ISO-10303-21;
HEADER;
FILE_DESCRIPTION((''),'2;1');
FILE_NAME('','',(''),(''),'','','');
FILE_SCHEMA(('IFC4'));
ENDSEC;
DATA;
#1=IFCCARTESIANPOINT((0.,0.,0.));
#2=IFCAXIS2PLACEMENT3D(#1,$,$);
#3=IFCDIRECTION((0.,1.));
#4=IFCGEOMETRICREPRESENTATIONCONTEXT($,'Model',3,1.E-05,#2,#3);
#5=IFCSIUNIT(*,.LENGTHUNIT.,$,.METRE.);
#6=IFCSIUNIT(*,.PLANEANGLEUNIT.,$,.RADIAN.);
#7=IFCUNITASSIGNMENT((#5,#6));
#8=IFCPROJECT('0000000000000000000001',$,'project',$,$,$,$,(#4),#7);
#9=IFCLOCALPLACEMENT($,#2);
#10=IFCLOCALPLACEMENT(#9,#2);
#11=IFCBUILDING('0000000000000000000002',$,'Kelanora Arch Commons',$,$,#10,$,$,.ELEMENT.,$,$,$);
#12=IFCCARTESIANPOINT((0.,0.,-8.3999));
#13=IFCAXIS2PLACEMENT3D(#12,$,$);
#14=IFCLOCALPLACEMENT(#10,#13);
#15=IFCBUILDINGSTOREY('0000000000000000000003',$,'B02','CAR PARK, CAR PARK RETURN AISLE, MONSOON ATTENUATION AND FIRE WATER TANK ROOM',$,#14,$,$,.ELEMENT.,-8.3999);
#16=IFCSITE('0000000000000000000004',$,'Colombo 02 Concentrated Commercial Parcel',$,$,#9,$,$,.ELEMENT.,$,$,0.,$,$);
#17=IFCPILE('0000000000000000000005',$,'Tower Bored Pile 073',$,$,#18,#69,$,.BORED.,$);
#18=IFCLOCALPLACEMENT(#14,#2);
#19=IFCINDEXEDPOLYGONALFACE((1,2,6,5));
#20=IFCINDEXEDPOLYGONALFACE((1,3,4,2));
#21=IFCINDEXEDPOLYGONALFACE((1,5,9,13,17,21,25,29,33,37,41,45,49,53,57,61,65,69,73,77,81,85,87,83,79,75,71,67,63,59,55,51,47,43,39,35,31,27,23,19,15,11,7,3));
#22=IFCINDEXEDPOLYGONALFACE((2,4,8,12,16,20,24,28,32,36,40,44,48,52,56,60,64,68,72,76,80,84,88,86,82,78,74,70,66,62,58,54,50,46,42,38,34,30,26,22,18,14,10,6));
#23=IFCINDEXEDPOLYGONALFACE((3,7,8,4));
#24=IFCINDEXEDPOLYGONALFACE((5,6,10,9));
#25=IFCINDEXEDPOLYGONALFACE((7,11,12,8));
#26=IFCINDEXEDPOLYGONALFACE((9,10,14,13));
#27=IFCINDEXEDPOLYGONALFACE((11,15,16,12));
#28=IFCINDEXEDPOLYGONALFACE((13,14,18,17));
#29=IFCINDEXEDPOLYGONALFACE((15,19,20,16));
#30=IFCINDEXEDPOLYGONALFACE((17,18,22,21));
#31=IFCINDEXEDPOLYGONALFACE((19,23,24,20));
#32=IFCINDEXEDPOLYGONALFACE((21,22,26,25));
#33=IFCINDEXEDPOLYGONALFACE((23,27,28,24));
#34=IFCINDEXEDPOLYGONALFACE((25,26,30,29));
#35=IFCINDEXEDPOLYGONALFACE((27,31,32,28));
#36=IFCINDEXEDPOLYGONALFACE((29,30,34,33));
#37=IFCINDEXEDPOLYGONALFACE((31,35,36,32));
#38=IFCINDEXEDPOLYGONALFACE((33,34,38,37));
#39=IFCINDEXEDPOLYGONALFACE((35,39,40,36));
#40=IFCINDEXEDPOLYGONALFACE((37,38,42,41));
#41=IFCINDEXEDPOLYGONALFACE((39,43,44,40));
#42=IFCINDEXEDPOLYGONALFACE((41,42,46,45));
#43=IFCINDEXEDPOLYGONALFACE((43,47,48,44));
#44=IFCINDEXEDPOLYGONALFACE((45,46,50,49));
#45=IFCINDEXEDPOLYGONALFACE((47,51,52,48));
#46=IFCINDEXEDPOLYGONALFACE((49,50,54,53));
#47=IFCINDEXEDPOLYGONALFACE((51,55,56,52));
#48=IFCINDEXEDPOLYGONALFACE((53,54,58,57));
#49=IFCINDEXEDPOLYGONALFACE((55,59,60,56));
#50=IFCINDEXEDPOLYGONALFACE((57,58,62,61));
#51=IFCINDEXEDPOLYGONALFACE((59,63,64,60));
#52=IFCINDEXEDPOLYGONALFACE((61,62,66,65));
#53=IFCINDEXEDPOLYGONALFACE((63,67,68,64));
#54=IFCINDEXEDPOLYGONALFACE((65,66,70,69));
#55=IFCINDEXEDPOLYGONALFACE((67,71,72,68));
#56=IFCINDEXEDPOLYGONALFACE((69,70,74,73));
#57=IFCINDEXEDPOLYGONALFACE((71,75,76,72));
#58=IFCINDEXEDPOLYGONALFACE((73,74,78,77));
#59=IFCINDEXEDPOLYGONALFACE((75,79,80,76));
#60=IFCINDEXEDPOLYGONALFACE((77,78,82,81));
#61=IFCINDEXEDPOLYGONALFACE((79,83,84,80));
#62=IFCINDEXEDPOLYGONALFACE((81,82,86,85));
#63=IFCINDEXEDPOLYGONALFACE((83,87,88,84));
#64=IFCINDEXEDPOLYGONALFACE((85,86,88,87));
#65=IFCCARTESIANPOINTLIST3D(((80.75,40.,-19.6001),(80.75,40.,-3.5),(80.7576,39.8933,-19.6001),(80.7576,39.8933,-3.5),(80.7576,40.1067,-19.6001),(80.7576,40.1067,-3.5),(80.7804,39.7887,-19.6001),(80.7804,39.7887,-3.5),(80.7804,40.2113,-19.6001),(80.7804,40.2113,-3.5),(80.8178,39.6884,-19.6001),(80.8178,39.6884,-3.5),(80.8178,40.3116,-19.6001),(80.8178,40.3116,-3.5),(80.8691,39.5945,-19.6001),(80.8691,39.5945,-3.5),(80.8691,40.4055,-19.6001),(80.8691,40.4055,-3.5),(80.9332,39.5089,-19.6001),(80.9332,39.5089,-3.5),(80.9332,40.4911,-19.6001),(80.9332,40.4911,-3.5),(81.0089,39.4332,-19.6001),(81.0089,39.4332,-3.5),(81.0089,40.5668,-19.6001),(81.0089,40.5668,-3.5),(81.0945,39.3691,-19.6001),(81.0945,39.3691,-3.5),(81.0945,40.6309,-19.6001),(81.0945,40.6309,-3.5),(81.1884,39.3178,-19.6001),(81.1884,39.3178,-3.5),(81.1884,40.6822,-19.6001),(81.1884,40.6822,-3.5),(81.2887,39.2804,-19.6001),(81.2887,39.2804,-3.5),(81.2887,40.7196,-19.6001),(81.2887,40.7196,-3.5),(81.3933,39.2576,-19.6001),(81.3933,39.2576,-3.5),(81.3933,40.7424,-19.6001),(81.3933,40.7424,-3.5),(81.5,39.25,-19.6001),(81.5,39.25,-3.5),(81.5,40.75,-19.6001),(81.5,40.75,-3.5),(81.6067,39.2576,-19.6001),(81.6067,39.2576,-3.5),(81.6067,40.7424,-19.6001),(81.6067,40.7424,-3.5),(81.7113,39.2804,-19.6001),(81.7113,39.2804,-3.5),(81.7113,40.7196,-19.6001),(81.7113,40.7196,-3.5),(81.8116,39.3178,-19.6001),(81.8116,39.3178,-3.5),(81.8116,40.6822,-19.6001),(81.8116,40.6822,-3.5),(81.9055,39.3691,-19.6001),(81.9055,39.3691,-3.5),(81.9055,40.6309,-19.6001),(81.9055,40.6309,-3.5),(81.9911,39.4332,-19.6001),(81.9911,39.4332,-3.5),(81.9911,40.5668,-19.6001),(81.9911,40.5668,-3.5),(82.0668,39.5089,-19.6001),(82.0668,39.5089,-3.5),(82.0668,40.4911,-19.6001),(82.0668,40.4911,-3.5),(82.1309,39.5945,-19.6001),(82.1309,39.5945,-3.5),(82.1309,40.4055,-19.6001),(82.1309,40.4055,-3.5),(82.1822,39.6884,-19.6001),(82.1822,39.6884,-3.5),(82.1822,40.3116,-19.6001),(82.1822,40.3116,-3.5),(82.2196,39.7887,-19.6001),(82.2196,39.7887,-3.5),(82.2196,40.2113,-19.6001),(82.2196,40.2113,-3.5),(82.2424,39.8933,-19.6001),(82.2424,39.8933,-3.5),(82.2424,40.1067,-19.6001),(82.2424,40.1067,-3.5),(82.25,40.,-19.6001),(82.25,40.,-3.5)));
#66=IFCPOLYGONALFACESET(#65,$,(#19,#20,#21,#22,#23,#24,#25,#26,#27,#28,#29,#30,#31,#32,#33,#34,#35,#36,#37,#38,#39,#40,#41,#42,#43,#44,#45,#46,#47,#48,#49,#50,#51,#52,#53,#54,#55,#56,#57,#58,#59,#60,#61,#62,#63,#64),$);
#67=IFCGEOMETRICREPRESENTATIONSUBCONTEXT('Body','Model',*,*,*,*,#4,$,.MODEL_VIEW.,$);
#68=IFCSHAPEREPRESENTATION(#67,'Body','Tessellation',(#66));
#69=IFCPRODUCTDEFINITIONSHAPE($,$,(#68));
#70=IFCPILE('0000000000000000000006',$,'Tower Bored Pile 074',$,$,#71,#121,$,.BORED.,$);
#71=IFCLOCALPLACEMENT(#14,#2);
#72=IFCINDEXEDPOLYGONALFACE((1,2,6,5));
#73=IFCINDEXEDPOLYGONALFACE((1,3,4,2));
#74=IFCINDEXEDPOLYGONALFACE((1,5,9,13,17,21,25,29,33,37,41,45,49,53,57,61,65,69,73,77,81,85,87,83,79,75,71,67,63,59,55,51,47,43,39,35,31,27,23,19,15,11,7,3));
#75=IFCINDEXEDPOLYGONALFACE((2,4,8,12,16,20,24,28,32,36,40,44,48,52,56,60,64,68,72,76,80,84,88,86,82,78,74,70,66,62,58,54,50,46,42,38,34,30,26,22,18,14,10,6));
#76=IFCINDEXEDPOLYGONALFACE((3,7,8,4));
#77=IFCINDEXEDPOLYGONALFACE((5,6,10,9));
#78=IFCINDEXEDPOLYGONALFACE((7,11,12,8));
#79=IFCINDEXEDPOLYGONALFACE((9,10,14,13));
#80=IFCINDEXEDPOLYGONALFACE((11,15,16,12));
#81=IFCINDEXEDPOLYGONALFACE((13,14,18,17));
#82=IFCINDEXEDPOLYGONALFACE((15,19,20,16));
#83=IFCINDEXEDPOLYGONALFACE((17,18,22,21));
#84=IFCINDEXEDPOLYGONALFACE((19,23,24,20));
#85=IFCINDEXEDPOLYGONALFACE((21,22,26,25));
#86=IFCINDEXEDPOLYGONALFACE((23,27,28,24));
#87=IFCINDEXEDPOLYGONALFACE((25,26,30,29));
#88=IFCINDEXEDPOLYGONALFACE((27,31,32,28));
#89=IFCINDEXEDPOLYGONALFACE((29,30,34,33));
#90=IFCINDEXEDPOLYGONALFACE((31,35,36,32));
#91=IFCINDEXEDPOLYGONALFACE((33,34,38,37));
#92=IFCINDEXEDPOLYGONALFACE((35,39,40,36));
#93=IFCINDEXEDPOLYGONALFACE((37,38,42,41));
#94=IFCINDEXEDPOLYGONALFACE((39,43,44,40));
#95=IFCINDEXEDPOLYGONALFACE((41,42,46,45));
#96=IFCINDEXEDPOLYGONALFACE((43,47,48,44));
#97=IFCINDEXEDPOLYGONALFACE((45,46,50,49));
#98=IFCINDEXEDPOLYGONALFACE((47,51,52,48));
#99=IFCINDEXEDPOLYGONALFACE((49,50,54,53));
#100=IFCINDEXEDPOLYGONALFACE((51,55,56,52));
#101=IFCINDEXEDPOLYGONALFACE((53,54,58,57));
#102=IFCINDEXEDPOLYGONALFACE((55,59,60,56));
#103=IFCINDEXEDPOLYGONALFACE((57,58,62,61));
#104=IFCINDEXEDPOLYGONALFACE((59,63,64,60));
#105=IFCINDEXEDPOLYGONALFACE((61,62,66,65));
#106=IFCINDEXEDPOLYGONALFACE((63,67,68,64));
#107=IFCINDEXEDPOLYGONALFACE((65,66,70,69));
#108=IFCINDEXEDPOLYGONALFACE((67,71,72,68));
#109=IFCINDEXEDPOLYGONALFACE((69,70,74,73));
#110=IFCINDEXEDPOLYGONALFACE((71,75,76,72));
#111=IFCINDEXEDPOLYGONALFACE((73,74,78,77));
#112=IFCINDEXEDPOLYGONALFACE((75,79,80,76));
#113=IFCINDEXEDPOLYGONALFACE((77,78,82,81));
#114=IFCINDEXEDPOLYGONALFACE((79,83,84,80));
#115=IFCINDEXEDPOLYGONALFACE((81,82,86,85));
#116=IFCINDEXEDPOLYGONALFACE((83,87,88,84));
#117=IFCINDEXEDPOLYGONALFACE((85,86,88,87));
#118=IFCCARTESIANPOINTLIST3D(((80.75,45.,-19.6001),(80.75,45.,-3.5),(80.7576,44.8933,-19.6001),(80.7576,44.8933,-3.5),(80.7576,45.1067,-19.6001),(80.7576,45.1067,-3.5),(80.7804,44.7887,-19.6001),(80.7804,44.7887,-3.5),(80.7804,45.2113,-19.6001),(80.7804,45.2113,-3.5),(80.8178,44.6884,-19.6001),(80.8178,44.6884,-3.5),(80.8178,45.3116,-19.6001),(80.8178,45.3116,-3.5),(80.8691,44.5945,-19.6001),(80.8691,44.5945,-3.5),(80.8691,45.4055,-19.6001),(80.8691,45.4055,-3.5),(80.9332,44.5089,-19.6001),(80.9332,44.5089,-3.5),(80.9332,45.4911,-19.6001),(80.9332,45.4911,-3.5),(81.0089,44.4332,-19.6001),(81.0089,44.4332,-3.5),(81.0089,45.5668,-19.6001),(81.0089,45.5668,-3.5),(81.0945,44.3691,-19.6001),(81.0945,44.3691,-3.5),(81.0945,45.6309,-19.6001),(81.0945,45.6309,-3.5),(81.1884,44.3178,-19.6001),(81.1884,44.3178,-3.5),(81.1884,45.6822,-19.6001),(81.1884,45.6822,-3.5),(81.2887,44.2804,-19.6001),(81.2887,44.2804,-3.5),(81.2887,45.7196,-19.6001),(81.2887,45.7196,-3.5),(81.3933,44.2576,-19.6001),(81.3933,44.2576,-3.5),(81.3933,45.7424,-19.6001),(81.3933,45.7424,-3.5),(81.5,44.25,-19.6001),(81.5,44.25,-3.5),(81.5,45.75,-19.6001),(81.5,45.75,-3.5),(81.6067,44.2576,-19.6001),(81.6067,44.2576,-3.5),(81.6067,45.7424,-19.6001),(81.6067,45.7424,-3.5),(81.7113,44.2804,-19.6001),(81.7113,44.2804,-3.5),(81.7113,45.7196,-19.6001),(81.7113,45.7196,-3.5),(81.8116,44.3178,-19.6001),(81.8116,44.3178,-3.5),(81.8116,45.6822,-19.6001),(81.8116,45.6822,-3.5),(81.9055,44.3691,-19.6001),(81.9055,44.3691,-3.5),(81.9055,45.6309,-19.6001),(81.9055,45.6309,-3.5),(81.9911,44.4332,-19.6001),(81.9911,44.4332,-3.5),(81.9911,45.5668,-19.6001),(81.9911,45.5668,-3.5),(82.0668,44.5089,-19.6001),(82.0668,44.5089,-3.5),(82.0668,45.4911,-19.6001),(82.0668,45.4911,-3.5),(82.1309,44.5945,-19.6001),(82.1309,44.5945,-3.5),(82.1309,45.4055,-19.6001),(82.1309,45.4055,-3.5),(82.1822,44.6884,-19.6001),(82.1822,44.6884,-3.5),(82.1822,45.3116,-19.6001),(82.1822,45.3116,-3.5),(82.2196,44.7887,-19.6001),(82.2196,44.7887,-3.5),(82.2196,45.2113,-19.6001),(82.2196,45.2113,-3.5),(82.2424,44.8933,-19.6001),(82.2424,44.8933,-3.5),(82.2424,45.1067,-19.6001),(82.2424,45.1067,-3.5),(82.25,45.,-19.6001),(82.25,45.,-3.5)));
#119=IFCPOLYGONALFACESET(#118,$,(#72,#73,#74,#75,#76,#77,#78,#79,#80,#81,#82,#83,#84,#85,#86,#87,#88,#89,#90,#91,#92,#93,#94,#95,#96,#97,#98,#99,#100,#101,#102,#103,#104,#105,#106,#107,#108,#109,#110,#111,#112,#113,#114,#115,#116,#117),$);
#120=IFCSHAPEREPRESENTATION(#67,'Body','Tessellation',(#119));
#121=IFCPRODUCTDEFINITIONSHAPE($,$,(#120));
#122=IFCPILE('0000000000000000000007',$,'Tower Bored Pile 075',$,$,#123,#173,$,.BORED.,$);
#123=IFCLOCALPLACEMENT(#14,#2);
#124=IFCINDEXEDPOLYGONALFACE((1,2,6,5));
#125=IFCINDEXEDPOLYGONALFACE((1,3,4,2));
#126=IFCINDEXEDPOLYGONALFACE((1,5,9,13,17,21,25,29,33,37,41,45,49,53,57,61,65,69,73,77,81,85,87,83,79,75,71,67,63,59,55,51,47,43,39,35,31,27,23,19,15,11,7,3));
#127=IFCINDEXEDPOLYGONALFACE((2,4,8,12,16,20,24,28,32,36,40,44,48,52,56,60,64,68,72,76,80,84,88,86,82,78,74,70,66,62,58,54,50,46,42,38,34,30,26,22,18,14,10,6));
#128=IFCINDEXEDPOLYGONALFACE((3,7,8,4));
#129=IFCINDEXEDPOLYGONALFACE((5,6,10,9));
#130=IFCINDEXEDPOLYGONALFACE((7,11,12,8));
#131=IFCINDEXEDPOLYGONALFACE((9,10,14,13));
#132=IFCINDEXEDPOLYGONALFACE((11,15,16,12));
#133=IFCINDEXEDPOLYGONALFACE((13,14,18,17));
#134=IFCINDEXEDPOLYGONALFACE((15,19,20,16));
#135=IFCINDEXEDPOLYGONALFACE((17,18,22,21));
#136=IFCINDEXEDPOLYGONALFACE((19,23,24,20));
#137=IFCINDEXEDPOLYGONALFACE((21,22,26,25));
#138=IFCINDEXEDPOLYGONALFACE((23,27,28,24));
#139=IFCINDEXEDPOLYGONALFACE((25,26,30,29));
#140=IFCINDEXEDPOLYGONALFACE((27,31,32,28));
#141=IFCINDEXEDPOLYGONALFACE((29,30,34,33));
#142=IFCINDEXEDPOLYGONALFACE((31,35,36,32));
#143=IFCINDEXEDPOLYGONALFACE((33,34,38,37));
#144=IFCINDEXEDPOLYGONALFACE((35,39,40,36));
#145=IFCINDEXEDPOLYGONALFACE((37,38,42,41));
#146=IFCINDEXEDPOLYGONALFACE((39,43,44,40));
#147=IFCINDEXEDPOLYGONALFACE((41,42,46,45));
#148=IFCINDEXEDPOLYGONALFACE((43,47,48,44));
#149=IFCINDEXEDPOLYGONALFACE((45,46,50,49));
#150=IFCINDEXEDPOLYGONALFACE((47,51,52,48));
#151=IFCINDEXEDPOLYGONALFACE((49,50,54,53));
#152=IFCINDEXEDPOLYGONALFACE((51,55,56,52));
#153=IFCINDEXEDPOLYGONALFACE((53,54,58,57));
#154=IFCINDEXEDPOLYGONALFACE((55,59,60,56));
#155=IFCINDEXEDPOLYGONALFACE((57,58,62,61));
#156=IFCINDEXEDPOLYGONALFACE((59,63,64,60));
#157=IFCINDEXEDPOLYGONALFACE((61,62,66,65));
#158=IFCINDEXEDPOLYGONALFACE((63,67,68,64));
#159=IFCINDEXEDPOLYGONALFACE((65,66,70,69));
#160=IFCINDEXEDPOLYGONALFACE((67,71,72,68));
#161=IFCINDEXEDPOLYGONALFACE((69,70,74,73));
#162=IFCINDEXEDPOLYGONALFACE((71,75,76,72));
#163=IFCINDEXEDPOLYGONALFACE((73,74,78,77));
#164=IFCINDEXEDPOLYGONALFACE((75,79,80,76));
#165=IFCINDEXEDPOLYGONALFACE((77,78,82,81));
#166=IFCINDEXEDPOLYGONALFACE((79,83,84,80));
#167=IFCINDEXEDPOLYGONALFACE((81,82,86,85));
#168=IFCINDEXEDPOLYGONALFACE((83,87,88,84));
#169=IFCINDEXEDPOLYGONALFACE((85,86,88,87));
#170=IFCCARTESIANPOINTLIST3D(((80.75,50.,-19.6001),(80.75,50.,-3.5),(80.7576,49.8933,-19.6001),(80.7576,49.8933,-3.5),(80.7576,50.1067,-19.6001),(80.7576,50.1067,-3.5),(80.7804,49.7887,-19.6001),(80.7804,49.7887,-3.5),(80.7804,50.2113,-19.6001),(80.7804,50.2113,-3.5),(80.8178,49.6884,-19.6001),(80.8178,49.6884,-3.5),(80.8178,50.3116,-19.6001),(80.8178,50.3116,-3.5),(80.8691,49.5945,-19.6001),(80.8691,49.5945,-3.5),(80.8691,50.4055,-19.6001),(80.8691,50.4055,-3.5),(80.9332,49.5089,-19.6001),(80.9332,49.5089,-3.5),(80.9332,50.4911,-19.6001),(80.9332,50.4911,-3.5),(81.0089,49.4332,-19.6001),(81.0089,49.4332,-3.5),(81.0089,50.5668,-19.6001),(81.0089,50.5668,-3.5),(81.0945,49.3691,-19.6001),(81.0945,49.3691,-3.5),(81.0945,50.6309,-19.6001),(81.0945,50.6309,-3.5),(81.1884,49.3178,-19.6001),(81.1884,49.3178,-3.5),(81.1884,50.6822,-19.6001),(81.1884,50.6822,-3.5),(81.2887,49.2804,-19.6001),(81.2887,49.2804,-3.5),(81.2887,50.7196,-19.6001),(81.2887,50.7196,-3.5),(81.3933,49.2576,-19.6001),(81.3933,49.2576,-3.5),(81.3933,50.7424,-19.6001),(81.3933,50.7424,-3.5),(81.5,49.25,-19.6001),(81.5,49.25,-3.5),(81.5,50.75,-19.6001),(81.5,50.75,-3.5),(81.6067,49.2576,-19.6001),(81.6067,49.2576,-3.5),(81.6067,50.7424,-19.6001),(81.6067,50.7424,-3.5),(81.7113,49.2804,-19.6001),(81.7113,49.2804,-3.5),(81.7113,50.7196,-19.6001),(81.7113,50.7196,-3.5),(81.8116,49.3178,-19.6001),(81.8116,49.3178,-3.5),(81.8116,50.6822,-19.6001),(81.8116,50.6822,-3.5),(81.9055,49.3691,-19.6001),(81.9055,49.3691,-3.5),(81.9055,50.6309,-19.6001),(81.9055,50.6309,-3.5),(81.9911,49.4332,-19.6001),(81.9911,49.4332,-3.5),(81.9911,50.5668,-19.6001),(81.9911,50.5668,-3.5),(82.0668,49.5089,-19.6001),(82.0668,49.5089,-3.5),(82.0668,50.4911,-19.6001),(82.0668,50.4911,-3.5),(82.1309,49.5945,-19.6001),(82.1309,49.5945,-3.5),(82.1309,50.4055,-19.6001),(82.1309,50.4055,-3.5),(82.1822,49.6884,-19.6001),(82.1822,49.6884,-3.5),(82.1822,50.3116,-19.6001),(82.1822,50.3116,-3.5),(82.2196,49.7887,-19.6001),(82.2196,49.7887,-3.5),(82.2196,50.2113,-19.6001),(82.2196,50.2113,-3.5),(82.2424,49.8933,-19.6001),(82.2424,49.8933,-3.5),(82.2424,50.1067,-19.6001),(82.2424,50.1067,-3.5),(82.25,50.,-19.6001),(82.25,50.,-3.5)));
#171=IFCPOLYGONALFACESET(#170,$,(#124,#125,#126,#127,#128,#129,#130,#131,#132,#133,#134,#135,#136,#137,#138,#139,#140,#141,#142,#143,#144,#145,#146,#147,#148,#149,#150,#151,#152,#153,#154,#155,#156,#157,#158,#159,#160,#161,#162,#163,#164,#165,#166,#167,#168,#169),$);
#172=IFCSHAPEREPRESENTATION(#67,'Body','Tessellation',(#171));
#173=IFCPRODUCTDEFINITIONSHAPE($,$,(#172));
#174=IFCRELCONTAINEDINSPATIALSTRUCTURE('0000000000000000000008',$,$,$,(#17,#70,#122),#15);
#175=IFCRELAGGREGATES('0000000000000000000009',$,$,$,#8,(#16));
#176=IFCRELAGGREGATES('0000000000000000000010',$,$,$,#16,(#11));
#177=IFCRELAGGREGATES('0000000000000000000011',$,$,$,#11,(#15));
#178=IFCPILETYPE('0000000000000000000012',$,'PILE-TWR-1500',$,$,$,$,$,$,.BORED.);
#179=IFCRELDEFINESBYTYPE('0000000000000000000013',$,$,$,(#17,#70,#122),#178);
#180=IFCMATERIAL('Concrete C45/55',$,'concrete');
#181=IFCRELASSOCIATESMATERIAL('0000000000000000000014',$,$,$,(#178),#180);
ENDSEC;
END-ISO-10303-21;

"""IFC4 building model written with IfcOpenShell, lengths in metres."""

from ifc_helpers import new_model, si_unit, direction, frame, origin, origin_2d, place, context, subcontext, project, spatial, circle, extrude, source, transform, mapped, material, material_profile, profile_set, type_object, element, save


model = new_model("IFC4")

# Units and contexts
model_context = context("Model", 3, precision=1e-05, world=origin(), true_north=direction((0.0, 1.0)))
body_context = subcontext(model_context, "Body", "Model", "MODEL_VIEW")
ifc_project = project(units=[si_unit("LENGTHUNIT", "METRE"), si_unit("PLANEANGLEUNIT", "RADIAN")], contexts=[model_context])

# Site, building, storey
site_placement = place(None, origin())
site = spatial("IfcSite", under=ifc_project, at=site_placement, Name="Colombo 02 Concentrated Commercial Parcel", CompositionType="ELEMENT", RefElevation=0.0)
building_placement = place(site_placement, origin())
building = spatial("IfcBuilding", under=site, at=building_placement, Name="Kelanora Arch Commons", CompositionType="ELEMENT")
storey_placement = place(building_placement, frame((0.0, 0.0, -8.3999)))
storey = spatial("IfcBuildingStorey", under=building, at=storey_placement, Name="B02", Description="CAR PARK, CAR PARK RETURN AISLE, MONSOON ATTENUATION AND FIRE WATER TANK ROOM", CompositionType="ELEMENT", Elevation=-8.3999)

# Piles
ifc_material_1 = material(Name="Concrete C45/55", Category="concrete")
ifc_material_profile_1 = material_profile(ifc_material_1, circle(Radius=0.75, at=origin_2d()), Name="PILE1500")
ifc_profile_set_1 = profile_set([ifc_material_profile_1], Name="Concrete C45/55")
pile_type = type_object("IfcPileType", Name="PILE-TWR-1500", PredefinedType="BORED", material=ifc_profile_set_1)
shared_shape = source(origin(), body_context, "Body", "SweptSolid", [
    extrude(circle(Radius=0.75, at=origin_2d()), origin(), (0.0, 0.0, 1.0), 16.1001),
])
for number, where, z_axis, x_axis, name in (
    (1, (81.5, 40.0, -3.5), (0.0, 0.0, -1.0), (1.0, 0.0, 0.0), "Tower Bored Pile 073"),
    (2, (81.5, 45.0, -3.5), (0.0, 0.0, -1.0), (1.0, 0.0, 0.0), "Tower Bored Pile 074"),
    (3, (81.5, 50.0, -3.5), (0.0, 0.0, -1.0), (1.0, 0.0, 0.0), "Tower Bored Pile 075"),
):
    element("IfcPile", number, at=place(storey_placement, frame(where, z_axis=z_axis, x_axis=x_axis)), inside=storey, type_object=pile_type, Name=name, PredefinedType="BORED", context=body_context, shape_type="MappedRepresentation", body=[
        mapped(shared_shape, transform((0.0, 0.0, 0.0), scale=1.0)),
    ])

save(model, "model.ifc")
